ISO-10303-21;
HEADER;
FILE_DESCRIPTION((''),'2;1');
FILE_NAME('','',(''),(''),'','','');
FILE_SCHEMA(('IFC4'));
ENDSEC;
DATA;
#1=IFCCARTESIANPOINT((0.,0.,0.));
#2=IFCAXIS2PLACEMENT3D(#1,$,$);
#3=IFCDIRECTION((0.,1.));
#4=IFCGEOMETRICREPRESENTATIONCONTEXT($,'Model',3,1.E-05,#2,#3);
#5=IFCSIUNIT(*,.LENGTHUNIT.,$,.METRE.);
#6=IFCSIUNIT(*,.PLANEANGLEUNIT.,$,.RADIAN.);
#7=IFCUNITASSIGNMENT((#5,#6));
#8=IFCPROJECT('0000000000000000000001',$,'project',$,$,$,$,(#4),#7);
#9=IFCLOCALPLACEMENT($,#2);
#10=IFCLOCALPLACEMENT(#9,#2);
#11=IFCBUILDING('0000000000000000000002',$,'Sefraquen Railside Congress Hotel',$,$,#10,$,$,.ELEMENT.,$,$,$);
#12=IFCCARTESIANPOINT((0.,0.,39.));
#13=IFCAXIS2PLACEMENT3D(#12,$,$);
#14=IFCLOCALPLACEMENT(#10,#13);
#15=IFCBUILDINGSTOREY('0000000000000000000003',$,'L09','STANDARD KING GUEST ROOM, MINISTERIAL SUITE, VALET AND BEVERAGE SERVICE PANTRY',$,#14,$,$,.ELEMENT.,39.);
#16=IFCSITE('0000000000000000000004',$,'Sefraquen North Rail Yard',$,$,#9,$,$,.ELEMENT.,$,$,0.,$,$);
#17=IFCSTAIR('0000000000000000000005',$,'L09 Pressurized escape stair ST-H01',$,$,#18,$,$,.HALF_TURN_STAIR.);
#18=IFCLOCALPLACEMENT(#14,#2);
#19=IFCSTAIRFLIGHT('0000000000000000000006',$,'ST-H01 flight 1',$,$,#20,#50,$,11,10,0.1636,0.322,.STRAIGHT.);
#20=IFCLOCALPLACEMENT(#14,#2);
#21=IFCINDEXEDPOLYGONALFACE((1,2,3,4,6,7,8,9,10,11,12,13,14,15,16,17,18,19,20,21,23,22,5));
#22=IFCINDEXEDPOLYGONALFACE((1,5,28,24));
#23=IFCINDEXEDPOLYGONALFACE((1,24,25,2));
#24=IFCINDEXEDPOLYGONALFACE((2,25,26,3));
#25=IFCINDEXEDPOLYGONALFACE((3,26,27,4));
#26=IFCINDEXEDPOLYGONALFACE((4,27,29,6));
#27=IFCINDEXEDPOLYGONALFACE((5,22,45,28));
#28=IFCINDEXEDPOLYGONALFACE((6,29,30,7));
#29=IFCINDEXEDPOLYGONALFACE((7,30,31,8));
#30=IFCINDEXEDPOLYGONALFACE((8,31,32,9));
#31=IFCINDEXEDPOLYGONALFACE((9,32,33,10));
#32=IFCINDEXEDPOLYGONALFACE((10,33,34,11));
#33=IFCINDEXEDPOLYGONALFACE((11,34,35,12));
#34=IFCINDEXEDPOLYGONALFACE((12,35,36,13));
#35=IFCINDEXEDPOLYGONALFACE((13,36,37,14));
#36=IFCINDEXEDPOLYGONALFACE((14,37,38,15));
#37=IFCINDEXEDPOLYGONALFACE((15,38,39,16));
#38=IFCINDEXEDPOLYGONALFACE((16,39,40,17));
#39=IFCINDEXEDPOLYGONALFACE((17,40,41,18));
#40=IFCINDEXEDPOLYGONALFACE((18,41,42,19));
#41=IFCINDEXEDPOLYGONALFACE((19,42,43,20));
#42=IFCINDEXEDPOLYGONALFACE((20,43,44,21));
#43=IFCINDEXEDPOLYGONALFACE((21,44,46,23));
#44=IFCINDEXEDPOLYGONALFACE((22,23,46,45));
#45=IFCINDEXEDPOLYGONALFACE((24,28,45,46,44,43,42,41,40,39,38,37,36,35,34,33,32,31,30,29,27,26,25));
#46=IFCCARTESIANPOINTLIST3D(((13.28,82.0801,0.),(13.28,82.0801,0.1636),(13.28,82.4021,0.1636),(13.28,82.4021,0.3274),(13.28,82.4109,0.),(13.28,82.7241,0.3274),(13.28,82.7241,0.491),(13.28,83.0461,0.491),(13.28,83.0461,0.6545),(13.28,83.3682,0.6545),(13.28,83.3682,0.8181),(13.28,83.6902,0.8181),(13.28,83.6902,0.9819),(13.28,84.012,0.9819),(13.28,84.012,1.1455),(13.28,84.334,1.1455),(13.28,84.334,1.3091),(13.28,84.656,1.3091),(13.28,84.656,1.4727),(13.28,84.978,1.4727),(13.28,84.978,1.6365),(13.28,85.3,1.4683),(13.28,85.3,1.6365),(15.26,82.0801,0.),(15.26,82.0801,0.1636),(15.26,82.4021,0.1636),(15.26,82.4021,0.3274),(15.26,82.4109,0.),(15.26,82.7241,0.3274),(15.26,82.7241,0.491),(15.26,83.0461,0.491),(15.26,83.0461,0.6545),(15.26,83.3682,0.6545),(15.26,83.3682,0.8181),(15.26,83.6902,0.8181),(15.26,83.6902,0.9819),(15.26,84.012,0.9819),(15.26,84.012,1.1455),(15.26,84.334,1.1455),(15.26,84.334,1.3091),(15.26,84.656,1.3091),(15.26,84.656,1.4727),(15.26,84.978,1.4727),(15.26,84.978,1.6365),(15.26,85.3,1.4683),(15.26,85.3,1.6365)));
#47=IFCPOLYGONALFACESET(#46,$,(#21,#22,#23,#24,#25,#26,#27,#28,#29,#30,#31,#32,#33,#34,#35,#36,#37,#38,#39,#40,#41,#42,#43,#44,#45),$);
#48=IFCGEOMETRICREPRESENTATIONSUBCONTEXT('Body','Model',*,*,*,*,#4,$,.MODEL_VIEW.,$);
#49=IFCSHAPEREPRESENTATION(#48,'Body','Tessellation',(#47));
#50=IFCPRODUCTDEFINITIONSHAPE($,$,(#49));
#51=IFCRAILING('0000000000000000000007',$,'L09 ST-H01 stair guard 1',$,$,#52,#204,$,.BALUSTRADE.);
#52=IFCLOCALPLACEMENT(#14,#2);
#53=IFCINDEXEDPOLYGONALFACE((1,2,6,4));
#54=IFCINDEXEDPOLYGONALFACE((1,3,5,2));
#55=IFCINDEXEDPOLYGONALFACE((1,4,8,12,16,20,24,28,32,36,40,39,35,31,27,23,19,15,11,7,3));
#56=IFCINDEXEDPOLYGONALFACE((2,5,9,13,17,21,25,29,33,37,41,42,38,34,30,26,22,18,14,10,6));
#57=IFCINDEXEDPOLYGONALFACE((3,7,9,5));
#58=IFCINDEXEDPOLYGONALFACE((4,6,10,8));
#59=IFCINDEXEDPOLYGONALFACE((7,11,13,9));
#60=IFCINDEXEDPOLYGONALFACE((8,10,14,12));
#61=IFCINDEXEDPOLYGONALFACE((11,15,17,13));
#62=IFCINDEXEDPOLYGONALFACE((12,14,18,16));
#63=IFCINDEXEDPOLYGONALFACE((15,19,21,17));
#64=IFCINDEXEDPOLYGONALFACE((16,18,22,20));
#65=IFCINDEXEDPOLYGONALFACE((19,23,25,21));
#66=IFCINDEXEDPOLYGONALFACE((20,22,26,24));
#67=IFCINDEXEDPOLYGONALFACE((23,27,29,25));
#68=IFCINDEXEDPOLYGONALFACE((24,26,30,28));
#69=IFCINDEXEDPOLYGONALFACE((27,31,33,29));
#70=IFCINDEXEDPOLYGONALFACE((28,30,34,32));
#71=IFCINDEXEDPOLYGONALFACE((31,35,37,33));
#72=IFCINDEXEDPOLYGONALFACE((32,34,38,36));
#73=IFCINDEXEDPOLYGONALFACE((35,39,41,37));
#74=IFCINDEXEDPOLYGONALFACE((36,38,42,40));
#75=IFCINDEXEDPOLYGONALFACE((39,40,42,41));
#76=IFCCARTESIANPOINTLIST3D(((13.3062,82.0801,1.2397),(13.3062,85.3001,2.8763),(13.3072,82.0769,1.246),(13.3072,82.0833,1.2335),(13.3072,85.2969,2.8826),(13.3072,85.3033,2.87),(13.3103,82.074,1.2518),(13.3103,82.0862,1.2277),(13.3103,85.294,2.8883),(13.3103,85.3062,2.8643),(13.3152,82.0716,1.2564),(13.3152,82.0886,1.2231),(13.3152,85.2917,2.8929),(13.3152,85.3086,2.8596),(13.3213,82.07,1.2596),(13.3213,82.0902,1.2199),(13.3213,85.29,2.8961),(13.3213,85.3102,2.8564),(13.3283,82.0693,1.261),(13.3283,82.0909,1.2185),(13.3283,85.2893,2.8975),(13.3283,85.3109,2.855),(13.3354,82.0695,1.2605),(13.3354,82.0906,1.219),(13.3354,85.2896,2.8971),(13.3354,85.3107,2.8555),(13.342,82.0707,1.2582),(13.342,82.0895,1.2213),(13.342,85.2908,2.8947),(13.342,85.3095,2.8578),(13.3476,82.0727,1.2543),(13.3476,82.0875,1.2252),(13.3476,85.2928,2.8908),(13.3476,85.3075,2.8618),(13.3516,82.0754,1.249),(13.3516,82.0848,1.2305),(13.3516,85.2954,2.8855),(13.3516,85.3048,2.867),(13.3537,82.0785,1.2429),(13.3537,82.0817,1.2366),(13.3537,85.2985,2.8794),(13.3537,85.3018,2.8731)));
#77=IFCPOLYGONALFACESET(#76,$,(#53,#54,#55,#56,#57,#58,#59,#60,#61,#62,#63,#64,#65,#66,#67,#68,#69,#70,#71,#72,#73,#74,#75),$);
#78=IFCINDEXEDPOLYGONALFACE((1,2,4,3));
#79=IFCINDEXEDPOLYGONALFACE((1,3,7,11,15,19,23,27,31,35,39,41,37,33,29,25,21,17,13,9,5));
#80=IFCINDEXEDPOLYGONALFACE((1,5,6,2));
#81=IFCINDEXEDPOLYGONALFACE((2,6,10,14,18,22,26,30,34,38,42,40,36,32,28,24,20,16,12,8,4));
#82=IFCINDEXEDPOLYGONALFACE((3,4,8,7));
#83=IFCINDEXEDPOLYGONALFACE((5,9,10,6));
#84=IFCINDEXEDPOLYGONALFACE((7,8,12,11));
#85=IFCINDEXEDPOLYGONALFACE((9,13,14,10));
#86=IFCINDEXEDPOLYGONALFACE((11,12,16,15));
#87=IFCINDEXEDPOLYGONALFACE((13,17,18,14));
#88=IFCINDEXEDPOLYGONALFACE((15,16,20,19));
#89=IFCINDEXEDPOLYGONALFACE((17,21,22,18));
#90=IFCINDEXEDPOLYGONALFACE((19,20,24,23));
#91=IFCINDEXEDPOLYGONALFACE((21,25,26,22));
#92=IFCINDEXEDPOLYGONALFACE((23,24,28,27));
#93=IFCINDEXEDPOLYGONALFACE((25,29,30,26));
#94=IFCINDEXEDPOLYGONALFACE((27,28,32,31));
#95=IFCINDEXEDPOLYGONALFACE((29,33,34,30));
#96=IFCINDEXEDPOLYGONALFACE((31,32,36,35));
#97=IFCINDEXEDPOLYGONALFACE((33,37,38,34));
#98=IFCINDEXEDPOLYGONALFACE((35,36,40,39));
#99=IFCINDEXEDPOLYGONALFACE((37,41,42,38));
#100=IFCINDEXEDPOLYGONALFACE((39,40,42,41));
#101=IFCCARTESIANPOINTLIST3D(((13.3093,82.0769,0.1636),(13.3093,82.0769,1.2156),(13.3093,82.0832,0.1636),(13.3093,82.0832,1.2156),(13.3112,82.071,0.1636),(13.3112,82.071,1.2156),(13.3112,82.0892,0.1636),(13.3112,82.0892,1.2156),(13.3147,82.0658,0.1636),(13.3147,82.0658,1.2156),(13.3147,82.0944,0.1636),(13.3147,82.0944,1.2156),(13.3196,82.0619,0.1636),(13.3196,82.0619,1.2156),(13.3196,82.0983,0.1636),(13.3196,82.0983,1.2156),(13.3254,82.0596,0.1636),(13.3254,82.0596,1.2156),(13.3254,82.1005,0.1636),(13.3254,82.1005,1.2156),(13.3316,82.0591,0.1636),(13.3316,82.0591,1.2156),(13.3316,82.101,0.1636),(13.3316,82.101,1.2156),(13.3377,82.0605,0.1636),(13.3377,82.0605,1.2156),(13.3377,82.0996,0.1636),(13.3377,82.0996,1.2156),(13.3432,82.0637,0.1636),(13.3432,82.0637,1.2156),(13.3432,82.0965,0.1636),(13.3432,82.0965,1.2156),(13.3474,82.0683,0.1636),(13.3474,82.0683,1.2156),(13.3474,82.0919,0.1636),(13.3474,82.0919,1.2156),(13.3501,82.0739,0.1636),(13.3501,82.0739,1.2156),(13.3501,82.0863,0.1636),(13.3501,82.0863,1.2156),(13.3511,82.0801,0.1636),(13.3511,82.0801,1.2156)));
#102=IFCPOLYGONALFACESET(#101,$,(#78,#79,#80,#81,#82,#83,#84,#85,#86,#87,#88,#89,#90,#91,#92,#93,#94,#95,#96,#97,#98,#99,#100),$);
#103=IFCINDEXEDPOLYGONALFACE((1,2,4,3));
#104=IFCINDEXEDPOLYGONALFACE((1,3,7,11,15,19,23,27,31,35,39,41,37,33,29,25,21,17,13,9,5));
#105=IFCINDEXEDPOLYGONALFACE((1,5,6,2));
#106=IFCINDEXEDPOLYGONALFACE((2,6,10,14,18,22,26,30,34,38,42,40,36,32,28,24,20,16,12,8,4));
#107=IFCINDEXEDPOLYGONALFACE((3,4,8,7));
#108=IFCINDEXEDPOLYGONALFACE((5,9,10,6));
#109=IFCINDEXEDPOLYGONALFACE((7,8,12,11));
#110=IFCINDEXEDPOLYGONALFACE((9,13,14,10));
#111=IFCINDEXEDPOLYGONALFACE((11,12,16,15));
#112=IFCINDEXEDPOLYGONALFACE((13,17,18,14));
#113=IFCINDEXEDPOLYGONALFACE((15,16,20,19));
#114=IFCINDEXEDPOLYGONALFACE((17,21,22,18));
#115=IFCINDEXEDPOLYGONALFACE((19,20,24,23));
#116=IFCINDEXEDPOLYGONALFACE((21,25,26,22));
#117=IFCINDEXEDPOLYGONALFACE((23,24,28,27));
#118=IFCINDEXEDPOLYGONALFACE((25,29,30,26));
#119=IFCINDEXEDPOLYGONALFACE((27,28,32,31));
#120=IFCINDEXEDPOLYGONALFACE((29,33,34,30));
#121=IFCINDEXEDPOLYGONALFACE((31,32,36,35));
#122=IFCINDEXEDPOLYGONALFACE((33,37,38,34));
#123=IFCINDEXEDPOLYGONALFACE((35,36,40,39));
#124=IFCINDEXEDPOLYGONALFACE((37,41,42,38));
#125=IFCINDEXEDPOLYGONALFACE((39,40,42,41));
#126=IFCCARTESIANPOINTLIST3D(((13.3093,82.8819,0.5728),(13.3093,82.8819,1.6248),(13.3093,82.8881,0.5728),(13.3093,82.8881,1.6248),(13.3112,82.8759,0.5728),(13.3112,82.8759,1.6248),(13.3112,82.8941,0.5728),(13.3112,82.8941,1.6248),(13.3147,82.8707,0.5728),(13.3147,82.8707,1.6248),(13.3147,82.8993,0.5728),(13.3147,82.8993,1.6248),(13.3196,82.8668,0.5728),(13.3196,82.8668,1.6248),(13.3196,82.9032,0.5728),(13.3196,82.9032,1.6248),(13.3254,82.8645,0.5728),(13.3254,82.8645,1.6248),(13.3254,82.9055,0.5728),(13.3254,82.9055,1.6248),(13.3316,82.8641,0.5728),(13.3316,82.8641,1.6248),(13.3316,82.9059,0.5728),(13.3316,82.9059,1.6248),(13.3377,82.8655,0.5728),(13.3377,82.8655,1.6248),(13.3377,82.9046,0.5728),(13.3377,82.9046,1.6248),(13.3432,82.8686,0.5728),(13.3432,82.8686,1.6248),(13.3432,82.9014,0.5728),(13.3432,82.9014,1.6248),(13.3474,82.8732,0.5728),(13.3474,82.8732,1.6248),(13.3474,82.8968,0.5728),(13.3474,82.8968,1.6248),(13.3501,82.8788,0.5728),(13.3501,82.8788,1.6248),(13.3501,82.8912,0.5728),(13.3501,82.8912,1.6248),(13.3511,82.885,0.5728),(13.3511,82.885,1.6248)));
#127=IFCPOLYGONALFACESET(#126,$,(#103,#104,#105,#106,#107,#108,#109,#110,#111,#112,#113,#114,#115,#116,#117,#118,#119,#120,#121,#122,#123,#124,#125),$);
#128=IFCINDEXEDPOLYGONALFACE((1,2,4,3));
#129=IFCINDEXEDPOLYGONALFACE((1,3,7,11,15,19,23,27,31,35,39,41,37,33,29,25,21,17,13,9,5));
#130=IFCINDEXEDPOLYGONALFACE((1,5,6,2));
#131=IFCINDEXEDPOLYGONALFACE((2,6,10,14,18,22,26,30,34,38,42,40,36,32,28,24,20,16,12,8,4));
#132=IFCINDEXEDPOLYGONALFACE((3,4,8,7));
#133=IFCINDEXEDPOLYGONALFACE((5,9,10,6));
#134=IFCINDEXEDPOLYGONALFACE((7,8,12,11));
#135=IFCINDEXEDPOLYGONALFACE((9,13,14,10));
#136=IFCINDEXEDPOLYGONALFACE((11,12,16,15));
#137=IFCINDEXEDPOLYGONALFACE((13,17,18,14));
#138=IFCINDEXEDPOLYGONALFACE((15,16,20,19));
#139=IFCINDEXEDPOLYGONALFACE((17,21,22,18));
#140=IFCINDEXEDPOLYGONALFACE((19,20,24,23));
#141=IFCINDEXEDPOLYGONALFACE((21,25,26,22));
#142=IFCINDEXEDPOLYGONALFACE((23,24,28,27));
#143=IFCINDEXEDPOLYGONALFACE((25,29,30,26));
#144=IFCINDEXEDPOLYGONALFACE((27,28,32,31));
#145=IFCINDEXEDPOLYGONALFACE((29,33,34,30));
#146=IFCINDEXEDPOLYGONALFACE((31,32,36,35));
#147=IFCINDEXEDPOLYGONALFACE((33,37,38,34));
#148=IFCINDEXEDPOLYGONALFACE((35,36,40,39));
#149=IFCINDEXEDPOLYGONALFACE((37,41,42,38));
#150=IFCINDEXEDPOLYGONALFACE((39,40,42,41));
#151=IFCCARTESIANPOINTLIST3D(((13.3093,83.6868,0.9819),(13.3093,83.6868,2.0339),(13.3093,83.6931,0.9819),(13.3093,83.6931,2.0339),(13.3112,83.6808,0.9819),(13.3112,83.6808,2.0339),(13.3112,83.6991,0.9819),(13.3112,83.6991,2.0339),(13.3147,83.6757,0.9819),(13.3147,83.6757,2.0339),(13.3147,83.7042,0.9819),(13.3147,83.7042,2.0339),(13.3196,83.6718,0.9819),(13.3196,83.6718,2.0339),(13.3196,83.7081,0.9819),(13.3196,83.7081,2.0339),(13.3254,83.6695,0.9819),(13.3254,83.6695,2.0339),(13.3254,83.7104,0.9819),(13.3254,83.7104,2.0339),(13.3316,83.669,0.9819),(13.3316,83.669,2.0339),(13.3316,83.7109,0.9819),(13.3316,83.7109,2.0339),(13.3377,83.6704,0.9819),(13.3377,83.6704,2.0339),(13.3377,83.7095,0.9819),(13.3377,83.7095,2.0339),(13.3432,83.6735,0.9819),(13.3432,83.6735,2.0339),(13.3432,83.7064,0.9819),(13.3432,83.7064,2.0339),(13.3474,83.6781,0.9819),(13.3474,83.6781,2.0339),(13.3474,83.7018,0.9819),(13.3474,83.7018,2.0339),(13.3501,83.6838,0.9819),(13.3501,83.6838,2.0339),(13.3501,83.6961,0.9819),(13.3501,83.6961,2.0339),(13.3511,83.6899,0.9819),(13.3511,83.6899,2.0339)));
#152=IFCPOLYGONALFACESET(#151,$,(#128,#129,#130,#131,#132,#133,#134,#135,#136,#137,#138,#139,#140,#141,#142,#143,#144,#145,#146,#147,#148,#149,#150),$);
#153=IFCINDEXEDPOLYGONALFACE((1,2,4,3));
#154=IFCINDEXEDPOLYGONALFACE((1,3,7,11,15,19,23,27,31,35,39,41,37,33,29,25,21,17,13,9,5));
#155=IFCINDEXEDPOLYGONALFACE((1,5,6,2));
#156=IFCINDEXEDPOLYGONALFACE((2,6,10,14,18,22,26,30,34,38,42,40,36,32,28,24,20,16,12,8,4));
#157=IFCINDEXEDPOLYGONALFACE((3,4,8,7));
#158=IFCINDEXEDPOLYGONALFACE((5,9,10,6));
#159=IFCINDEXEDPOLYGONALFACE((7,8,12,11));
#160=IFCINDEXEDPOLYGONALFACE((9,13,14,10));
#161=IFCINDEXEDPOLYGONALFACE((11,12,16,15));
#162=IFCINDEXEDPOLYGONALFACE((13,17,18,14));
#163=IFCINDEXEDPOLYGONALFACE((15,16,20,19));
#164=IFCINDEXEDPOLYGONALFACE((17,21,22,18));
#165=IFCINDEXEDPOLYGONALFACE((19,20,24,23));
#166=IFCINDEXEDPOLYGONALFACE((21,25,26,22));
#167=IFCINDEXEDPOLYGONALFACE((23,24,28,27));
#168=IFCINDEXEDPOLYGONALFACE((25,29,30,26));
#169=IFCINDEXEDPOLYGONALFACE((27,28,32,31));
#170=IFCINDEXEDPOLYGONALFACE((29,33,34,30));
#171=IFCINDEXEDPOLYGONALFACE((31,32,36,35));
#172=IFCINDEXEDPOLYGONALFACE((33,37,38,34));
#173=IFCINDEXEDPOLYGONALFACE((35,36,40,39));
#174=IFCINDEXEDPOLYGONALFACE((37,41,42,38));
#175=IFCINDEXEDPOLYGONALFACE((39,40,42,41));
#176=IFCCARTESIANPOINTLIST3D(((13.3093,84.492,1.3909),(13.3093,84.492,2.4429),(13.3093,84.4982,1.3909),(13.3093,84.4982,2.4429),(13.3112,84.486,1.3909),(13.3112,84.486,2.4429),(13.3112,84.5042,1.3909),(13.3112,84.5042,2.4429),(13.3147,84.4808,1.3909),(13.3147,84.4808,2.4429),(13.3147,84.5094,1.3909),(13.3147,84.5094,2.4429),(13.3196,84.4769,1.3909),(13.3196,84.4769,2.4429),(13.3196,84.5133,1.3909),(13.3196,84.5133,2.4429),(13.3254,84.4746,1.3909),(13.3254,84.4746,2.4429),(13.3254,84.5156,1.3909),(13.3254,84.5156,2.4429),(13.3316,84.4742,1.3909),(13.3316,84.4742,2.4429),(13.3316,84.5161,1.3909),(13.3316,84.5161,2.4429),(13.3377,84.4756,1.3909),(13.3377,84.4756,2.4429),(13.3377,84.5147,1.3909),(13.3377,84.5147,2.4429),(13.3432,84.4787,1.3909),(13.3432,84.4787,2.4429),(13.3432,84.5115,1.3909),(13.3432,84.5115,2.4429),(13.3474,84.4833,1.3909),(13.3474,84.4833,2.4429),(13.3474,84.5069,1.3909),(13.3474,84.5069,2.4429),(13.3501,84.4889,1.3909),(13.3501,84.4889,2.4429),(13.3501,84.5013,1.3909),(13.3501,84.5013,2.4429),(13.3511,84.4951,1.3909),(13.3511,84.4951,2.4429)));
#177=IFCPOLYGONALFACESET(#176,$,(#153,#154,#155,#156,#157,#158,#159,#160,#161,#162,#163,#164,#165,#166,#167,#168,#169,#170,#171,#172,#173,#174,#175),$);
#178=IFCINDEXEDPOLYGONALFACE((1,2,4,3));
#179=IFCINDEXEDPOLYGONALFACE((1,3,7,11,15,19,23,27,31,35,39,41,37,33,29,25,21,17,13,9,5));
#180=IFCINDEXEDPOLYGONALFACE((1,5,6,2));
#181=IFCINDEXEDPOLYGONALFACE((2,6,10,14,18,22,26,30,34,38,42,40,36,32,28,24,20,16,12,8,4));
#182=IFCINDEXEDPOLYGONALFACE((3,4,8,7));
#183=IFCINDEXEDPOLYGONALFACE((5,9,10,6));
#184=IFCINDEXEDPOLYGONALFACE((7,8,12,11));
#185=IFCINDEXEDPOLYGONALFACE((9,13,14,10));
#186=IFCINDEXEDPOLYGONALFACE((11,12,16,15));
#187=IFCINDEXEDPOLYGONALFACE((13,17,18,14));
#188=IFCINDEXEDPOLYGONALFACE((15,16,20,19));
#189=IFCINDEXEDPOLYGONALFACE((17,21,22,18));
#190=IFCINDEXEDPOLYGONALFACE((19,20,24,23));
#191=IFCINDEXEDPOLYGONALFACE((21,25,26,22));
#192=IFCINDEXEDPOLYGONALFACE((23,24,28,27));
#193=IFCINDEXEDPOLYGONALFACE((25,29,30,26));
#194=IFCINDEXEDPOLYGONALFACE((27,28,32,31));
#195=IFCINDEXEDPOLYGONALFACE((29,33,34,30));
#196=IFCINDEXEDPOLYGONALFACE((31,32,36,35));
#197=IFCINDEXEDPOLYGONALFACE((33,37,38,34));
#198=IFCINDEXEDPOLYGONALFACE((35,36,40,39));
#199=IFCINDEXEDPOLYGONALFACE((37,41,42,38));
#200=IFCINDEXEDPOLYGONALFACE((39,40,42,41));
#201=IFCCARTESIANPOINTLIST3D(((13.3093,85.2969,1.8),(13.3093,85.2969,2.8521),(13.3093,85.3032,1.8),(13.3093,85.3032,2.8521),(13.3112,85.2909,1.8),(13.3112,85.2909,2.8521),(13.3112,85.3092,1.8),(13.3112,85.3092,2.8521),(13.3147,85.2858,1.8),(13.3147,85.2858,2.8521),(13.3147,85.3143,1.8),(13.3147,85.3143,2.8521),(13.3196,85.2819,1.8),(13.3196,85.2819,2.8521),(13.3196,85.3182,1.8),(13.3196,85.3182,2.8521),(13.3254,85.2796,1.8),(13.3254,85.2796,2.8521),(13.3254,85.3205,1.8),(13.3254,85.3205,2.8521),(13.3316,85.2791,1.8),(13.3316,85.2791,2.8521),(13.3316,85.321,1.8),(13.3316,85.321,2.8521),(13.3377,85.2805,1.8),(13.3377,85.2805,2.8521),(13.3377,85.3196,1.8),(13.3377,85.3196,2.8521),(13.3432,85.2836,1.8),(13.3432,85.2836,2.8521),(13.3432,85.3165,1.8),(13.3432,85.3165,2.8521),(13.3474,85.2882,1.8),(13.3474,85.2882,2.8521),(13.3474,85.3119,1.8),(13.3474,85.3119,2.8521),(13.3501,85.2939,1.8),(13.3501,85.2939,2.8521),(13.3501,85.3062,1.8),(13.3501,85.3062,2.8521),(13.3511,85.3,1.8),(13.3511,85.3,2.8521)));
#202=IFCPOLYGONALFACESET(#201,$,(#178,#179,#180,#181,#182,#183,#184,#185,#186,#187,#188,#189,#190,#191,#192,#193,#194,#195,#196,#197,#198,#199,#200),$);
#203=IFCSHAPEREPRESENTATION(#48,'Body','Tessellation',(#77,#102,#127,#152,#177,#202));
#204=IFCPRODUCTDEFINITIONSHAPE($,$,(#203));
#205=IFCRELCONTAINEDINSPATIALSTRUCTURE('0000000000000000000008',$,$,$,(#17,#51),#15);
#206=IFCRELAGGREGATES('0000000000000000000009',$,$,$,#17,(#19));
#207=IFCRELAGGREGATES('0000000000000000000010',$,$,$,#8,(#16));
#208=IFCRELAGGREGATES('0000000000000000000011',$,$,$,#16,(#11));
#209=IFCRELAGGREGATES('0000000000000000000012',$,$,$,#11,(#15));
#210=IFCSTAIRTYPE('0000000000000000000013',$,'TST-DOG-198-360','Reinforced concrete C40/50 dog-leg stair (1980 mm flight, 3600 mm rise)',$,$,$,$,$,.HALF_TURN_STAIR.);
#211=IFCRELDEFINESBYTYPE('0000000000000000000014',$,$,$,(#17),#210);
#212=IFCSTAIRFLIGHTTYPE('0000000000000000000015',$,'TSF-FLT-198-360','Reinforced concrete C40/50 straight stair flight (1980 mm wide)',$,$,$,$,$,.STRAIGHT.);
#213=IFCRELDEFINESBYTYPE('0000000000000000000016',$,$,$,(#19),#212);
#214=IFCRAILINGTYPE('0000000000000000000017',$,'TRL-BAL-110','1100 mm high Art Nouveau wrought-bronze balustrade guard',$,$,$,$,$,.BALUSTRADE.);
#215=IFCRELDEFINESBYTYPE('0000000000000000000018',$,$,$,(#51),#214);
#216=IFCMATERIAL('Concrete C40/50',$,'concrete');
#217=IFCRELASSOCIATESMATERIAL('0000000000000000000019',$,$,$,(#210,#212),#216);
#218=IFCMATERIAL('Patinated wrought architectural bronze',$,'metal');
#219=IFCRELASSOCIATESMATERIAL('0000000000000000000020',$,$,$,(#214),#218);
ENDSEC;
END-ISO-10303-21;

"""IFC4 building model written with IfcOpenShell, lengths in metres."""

from ifc_helpers import new_model, si_unit, direction, frame, origin, origin_2d, place, context, subcontext, project, spatial, polyline, circle, outline, extrude, material, type_object, element, aggregate, save


model = new_model("IFC4")

# Units and contexts
model_context = context("Model", 3, precision=1e-05, world=origin(), true_north=direction((0.0, 1.0)))
body_context = subcontext(model_context, "Body", "Model", "MODEL_VIEW")
ifc_project = project(units=[si_unit("LENGTHUNIT", "METRE"), si_unit("PLANEANGLEUNIT", "RADIAN")], contexts=[model_context])

# Site, building, storey
site_placement = place(None, origin())
site = spatial("IfcSite", under=ifc_project, at=site_placement, Name="Sefraquen North Rail Yard", CompositionType="ELEMENT", RefElevation=0.0)
building_placement = place(site_placement, origin())
building = spatial("IfcBuilding", under=site, at=building_placement, Name="Sefraquen Railside Congress Hotel", CompositionType="ELEMENT")
storey_placement = place(building_placement, frame((0.0, 0.0, 39.0)))
storey = spatial("IfcBuildingStorey", under=building, at=storey_placement, Name="L09", Description="STANDARD KING GUEST ROOM, MINISTERIAL SUITE, VALET AND BEVERAGE SERVICE PANTRY", CompositionType="ELEMENT", Elevation=39.0)

# Shared definitions
ifc_material_1 = material(Name="Concrete C40/50", Category="concrete")

# Stair, stair flight
stair_type = type_object("IfcStairType", Name="TST-DOG-198-360", Description="Reinforced concrete C40/50 dog-leg stair (1980 mm flight, 3600 mm rise)", PredefinedType="HALF_TURN_STAIR", material=ifc_material_1)
stair_placement = place(storey_placement, origin())
stair = element("IfcStair", 1, at=stair_placement, inside=storey, type_object=stair_type, Name="L09 Pressurized escape stair ST-H01", PredefinedType="HALF_TURN_STAIR")
stair_flight_type = type_object("IfcStairFlightType", Name="TSF-FLT-198-360", Description="Reinforced concrete C40/50 straight stair flight (1980 mm wide)", PredefinedType="STRAIGHT", material=ifc_material_1)
stair_flight_placement = place(storey_placement, frame((14.27, 82.0801, 0.0), z_axis=(0.0, 0.0, 1.0), x_axis=(0.0, 1.0, 0.0)))
stair_flight = element("IfcStairFlight", 2, at=stair_flight_placement, type_object=stair_flight_type, Name="ST-H01 flight 1", NumberOfRisers=11, NumberOfTreads=10, PredefinedType="STRAIGHT", RiserHeight=0.1636, TreadLength=0.322, context=body_context, shape_type="SweptSolid", body=[
    extrude(outline(polyline([(0.0, 0.0), (0.0, 0.1636), (0.322, 0.1636), (0.322, 0.3274), (0.644, 0.3274), (0.644, 0.491), (0.9661, 0.491), (0.9661, 0.6545), (1.2881, 0.6545), (1.2881, 0.8181), (1.6101, 0.8181), (1.6101, 0.9819), (1.9319, 0.9819), (1.9319, 1.1455), (2.2539, 1.1455), (2.2539, 1.3091), (2.5759, 1.3091), (2.5759, 1.4727), (2.8979, 1.4727), (2.8979, 1.6365), (3.22, 1.6365), (3.22, 1.8), (3.22, 1.4683), (0.3308, 0.0), (0.0, 0.0)])), frame((0.0, 0.99, 0.0), z_axis=(0.0, -1.0, 0.0), x_axis=(1.0, 0.0, 0.0)), (0.0, 0.0, 1.0), 1.98),
])
aggregate(stair, [stair_flight])

# Railing
ifc_material_2 = material(Name="Patinated wrought architectural bronze", Category="metal")
railing_type_1 = type_object("IfcRailingType", Name="TRL-BAL-110", Description="1100 mm high Art Nouveau wrought-bronze balustrade guard", PredefinedType="BALUSTRADE", material=ifc_material_2)
railing_1_placement = place(storey_placement, frame((13.3301, 82.0801, 0.1636)))
element("IfcRailing", 3, at=railing_1_placement, inside=storey, type_object=railing_type_1, Name="L09 ST-H01 stair guard 1", PredefinedType="BALUSTRADE", context=body_context, shape_type="SweptSolid", body=[
    extrude(circle(Radius=0.0239, at=origin_2d()), frame((0.0, 0.0, 1.0762), z_axis=(0.0, 0.891474, 0.453071), x_axis=(-1.0, 0.0, 0.0)), (0.0, 0.0, 1.0), 3.6121),
    extrude(circle(Radius=0.021, at=origin_2d()), origin(), (0.0, 0.0, 1.0), 1.052),
    extrude(circle(Radius=0.021, at=origin_2d()), frame((0.0, 0.8049, 0.4092)), (0.0, 0.0, 1.0), 1.052),
    extrude(circle(Radius=0.021, at=origin_2d()), frame((0.0, 1.6099, 0.8184)), (0.0, 0.0, 1.0), 1.052),
    extrude(circle(Radius=0.021, at=origin_2d()), frame((0.0, 2.415, 1.2273)), (0.0, 0.0, 1.0), 1.052),
    extrude(circle(Radius=0.021, at=origin_2d()), frame((0.0, 3.22, 1.6365)), (0.0, 0.0, 1.0), 1.052),
])

save(model, "model.ifc")
